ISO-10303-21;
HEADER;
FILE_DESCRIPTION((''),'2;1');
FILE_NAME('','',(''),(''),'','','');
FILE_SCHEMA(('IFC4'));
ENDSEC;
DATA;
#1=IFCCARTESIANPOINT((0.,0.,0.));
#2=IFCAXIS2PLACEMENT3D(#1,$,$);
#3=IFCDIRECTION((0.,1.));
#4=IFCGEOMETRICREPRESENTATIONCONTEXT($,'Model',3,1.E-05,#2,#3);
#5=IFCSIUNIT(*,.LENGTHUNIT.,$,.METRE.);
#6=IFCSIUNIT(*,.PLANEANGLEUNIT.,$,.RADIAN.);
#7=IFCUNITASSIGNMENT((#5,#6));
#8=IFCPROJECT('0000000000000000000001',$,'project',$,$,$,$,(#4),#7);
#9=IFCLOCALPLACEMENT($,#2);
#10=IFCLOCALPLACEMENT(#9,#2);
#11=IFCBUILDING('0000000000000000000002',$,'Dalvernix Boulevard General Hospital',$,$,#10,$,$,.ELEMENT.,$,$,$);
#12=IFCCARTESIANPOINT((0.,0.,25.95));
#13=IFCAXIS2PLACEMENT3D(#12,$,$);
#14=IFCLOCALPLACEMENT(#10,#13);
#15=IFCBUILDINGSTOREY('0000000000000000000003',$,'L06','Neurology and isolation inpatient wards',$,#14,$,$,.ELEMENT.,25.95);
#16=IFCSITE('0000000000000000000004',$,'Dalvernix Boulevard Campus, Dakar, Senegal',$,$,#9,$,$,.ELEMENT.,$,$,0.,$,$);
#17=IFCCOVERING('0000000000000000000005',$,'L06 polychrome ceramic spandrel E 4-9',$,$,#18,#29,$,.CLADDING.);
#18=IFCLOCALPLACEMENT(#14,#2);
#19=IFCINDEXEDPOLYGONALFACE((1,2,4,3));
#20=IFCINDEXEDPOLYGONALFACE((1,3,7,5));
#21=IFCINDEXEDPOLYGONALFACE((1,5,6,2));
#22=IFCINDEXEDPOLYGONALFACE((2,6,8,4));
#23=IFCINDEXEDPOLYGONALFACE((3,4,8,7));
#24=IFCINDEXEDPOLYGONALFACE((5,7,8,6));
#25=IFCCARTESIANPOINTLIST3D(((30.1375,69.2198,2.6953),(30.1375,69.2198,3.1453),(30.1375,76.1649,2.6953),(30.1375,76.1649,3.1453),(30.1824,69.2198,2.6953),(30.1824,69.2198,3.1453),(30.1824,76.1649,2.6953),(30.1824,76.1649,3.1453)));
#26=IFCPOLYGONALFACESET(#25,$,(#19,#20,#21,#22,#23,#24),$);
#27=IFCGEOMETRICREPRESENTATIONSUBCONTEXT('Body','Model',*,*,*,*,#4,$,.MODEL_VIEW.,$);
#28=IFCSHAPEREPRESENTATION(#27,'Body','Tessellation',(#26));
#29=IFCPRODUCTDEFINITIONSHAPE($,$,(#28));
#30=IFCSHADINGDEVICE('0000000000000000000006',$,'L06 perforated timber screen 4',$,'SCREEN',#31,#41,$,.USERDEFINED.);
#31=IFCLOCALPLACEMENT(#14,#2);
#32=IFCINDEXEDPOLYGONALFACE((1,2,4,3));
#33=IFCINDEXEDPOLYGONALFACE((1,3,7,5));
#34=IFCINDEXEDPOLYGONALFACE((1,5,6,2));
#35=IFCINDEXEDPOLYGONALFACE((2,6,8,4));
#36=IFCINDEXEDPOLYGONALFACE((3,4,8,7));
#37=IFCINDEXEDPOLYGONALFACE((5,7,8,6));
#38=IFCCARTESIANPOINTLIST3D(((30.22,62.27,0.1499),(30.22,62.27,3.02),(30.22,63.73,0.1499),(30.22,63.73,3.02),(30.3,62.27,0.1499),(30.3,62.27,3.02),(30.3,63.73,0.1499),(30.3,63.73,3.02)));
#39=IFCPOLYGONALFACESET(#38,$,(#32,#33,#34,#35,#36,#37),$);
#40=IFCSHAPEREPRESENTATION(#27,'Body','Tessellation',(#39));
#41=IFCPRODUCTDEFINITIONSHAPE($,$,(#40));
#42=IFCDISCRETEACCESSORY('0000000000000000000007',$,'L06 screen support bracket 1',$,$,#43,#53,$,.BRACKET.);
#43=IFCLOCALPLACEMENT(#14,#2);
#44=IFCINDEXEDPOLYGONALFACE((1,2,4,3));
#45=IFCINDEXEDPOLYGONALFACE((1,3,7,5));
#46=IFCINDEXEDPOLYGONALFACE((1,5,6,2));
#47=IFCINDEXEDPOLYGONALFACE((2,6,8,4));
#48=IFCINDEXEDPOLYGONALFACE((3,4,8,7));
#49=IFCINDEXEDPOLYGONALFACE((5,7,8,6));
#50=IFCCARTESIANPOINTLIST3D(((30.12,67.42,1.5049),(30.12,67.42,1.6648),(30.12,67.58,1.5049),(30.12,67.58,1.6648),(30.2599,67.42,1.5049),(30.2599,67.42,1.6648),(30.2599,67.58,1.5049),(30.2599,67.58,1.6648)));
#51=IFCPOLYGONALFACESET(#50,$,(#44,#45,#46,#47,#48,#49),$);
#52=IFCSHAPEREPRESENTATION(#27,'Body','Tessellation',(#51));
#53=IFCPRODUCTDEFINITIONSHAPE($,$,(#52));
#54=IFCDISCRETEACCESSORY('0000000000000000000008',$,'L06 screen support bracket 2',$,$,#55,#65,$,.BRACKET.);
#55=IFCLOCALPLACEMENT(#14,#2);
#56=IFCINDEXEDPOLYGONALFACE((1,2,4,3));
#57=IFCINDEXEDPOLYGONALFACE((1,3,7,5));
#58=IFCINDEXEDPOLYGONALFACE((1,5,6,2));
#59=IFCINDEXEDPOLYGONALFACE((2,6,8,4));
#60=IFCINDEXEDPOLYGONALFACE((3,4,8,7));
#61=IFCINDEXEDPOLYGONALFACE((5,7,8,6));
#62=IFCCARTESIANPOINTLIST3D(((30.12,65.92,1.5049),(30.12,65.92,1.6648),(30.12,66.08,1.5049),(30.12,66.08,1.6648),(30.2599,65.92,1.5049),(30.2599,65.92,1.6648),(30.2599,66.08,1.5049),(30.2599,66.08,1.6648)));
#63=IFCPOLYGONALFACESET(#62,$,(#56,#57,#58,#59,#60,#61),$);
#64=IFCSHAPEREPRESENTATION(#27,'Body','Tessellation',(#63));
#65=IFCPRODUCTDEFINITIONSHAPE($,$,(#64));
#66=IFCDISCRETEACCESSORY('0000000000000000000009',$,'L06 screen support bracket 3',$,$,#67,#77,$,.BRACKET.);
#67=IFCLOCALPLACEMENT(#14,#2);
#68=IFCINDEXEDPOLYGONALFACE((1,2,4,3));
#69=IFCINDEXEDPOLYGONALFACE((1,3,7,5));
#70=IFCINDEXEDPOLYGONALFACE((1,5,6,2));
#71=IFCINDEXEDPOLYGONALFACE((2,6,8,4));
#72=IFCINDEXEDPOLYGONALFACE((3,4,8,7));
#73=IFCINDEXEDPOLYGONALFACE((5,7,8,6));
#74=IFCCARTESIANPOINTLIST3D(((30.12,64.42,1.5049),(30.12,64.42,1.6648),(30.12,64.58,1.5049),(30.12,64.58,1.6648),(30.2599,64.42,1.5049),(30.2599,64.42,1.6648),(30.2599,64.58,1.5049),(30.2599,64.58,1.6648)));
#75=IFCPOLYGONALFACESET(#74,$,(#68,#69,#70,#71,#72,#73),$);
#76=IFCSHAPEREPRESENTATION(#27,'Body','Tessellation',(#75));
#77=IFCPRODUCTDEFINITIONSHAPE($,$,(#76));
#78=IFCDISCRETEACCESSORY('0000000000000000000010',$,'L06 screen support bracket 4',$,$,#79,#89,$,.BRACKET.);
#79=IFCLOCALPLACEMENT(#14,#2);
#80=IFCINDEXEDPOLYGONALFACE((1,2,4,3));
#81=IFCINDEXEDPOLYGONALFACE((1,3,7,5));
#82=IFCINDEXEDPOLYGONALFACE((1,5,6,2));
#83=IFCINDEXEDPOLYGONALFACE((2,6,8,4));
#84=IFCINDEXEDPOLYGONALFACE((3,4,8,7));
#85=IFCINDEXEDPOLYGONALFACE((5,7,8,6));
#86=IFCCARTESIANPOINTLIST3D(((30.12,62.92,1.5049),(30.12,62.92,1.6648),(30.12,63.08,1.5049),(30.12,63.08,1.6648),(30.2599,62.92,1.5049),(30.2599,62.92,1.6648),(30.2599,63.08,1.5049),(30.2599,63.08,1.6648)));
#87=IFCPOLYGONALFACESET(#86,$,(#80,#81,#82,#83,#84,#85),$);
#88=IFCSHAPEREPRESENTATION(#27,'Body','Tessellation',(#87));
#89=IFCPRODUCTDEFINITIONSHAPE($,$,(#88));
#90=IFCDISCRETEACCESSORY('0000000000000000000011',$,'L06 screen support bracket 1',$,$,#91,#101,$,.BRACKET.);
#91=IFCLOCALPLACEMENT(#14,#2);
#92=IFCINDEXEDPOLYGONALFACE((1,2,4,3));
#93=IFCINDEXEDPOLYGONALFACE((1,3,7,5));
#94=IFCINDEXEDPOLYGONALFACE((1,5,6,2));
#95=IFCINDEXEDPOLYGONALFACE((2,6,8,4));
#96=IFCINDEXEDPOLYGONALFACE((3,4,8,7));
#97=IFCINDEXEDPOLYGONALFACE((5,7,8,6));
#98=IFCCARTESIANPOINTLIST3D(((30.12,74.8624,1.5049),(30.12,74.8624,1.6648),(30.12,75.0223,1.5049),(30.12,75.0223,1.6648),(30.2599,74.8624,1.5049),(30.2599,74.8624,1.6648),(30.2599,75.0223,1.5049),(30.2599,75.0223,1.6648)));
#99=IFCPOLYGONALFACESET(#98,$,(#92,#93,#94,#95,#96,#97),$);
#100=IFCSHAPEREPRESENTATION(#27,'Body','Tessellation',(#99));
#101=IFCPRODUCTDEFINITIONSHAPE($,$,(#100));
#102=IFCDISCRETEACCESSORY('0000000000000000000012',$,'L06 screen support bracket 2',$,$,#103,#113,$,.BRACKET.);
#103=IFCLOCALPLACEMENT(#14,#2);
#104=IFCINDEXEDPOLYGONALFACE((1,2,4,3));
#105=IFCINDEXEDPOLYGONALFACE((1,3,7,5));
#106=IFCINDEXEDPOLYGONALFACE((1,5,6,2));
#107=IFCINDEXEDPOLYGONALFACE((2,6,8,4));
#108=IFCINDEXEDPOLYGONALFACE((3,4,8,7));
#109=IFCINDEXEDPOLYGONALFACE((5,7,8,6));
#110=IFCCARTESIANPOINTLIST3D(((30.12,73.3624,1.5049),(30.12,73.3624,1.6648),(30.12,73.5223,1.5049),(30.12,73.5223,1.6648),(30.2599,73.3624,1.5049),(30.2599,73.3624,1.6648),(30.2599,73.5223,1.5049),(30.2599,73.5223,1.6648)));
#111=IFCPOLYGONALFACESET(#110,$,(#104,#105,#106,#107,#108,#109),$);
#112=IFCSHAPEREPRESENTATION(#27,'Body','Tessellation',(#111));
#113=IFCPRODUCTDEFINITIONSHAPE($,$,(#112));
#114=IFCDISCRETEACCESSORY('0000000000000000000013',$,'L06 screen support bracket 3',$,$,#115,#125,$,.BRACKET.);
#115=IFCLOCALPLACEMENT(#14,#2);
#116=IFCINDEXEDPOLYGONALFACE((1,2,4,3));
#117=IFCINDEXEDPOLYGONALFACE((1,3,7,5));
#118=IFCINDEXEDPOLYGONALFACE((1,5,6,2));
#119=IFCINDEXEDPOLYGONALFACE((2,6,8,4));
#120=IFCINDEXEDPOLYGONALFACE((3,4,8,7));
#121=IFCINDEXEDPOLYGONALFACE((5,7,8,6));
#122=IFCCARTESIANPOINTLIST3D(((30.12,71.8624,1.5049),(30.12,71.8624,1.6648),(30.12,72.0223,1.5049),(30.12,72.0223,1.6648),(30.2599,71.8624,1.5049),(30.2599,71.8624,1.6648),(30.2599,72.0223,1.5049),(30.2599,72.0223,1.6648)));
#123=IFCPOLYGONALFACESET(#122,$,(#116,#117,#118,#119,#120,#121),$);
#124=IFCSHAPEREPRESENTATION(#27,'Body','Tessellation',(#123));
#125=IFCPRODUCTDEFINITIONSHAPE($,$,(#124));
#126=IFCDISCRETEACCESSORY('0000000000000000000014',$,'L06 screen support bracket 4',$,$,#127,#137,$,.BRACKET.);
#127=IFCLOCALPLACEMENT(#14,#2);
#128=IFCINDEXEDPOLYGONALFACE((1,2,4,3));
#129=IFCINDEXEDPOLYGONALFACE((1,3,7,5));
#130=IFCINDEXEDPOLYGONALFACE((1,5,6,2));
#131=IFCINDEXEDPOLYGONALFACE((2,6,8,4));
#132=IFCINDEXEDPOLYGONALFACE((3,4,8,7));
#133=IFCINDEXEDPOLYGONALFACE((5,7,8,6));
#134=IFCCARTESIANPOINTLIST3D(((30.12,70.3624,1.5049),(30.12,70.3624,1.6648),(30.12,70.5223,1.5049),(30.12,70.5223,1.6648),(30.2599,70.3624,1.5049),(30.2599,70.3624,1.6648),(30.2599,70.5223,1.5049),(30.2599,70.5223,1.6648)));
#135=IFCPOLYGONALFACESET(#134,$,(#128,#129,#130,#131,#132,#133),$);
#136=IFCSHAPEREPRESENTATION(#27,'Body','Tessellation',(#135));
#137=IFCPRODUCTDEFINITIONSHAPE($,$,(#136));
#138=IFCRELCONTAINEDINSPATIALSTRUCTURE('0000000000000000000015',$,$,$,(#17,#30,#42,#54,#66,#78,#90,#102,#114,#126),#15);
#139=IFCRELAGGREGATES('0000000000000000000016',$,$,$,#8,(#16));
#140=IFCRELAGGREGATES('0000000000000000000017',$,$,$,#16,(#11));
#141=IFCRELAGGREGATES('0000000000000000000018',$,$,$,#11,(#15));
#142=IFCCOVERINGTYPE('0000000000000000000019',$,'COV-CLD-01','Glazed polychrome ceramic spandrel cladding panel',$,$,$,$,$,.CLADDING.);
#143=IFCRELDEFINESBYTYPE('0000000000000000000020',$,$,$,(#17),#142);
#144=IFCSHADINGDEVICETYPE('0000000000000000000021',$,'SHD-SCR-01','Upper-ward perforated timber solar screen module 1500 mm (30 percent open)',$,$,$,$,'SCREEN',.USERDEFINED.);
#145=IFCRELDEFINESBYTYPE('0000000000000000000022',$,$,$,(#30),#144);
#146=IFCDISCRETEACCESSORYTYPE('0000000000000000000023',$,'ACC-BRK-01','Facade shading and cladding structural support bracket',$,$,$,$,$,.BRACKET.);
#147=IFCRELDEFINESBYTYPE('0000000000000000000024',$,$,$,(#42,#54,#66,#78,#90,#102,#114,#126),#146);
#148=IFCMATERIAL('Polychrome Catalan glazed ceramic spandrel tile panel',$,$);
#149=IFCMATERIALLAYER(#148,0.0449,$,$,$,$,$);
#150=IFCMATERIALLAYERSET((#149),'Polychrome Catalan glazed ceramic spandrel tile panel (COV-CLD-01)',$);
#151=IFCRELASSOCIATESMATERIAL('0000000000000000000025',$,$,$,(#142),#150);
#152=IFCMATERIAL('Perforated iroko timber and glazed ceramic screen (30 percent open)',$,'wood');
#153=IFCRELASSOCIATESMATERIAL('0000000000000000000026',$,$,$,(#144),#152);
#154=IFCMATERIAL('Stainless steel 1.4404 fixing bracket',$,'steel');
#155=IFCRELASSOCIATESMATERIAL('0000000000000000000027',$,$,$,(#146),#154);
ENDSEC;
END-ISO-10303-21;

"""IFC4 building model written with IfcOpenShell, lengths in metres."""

from ifc_helpers import new_model, si_unit, direction, frame, origin, origin_2d, place, context, subcontext, project, spatial, rectangle, extrude, material, layer, layer_set, type_object, element, save


model = new_model("IFC4")

# Units and contexts
model_context = context("Model", 3, precision=1e-05, world=origin(), true_north=direction((0.0, 1.0)))
body_context = subcontext(model_context, "Body", "Model", "MODEL_VIEW")
ifc_project = project(units=[si_unit("LENGTHUNIT", "METRE"), si_unit("PLANEANGLEUNIT", "RADIAN")], contexts=[model_context])

# Site, building, storey
site_placement = place(None, origin())
site = spatial("IfcSite", under=ifc_project, at=site_placement, Name="Dalvernix Boulevard Campus, Dakar, Senegal", CompositionType="ELEMENT", RefElevation=0.0)
building_placement = place(site_placement, origin())
building = spatial("IfcBuilding", under=site, at=building_placement, Name="Dalvernix Boulevard General Hospital", CompositionType="ELEMENT")
storey_placement = place(building_placement, frame((0.0, 0.0, 25.95)))
storey = spatial("IfcBuildingStorey", under=building, at=storey_placement, Name="L06", Description="Neurology and isolation inpatient wards", CompositionType="ELEMENT", Elevation=25.95)

# Covering
ifc_material_1 = material(Name="Polychrome Catalan glazed ceramic spandrel tile panel")
ifc_layer_1 = layer(ifc_material_1, 0.0449)
ifc_layer_set_1 = layer_set([ifc_layer_1], Name="Polychrome Catalan glazed ceramic spandrel tile panel (COV-CLD-01)")
covering_type = type_object("IfcCoveringType", Name="COV-CLD-01", Description="Glazed polychrome ceramic spandrel cladding panel", PredefinedType="CLADDING", material=ifc_layer_set_1)
covering_1_placement = place(storey_placement, frame((30.1599, 72.6924, 2.6953), z_axis=(0.0, 0.0, 1.0), x_axis=(0.0, -1.0, 0.0)))
element("IfcCovering", 1, at=covering_1_placement, inside=storey, type_object=covering_type, Name="L06 polychrome ceramic spandrel E 4-9", PredefinedType="CLADDING", context=body_context, shape_type="SweptSolid", body=[
    extrude(rectangle(XDim=6.9451, YDim=0.0449, at=origin_2d()), origin(), (0.0, 0.0, 1.0), 0.45),
])

# Shading device
ifc_material_2 = material(Name="Perforated iroko timber and glazed ceramic screen (30 percent open)", Category="wood")
shading_device_type = type_object("IfcShadingDeviceType", Name="SHD-SCR-01", Description="Upper-ward perforated timber solar screen module 1500 mm (30 percent open)", ElementType="SCREEN", PredefinedType="USERDEFINED", material=ifc_material_2)
shading_device_placement = place(storey_placement, frame((30.26, 63.0, 0.1499), z_axis=(0.0, 0.0, 1.0), x_axis=(0.0, -1.0, 0.0)))
element("IfcShadingDevice", 2, at=shading_device_placement, inside=storey, type_object=shading_device_type, Name="L06 perforated timber screen 4", ObjectType="SCREEN", PredefinedType="USERDEFINED", context=body_context, shape_type="SweptSolid", body=[
    extrude(rectangle(XDim=1.46, YDim=0.0801, at=origin_2d()), origin(), (0.0, 0.0, 1.0), 2.8701),
])

# Discrete accessories
ifc_material_3 = material(Name="Stainless steel 1.4404 fixing bracket", Category="steel")
discrete_accessory_type = type_object("IfcDiscreteAccessoryType", Name="ACC-BRK-01", Description="Facade shading and cladding structural support bracket", PredefinedType="BRACKET", material=ifc_material_3)
for number, where, z_axis, x_axis, name in (
    (3, (30.1899, 67.5, 1.5049), (0.0, 0.0, 1.0), (0.0, -1.0, 0.0), "L06 screen support bracket 1"),
    (4, (30.1899, 66.0, 1.5049), (0.0, 0.0, 1.0), (0.0, -1.0, 0.0), "L06 screen support bracket 2"),
    (5, (30.1899, 64.5, 1.5049), (0.0, 0.0, 1.0), (0.0, -1.0, 0.0), "L06 screen support bracket 3"),
    (6, (30.1899, 63.0, 1.5049), (0.0, 0.0, 1.0), (0.0, -1.0, 0.0), "L06 screen support bracket 4"),
    (7, (30.1899, 74.9424, 1.5049), (0.0, 0.0, 1.0), (0.0, -1.0, 0.0), "L06 screen support bracket 1"),
    (8, (30.1899, 73.4424, 1.5049), (0.0, 0.0, 1.0), (0.0, -1.0, 0.0), "L06 screen support bracket 2"),
    (9, (30.1899, 71.9424, 1.5049), (0.0, 0.0, 1.0), (0.0, -1.0, 0.0), "L06 screen support bracket 3"),
    (10, (30.1899, 70.4424, 1.5049), (0.0, 0.0, 1.0), (0.0, -1.0, 0.0), "L06 screen support bracket 4"),
):
    element("IfcDiscreteAccessory", number, at=place(storey_placement, frame(where, z_axis=z_axis, x_axis=x_axis)), inside=storey, type_object=discrete_accessory_type, Name=name, PredefinedType="BRACKET", context=body_context, shape_type="SweptSolid", body=[
        extrude(rectangle(XDim=0.1599, YDim=0.1399, at=origin_2d()), origin(), (0.0, 0.0, 1.0), 0.1599),
    ])

save(model, "model.ifc")
